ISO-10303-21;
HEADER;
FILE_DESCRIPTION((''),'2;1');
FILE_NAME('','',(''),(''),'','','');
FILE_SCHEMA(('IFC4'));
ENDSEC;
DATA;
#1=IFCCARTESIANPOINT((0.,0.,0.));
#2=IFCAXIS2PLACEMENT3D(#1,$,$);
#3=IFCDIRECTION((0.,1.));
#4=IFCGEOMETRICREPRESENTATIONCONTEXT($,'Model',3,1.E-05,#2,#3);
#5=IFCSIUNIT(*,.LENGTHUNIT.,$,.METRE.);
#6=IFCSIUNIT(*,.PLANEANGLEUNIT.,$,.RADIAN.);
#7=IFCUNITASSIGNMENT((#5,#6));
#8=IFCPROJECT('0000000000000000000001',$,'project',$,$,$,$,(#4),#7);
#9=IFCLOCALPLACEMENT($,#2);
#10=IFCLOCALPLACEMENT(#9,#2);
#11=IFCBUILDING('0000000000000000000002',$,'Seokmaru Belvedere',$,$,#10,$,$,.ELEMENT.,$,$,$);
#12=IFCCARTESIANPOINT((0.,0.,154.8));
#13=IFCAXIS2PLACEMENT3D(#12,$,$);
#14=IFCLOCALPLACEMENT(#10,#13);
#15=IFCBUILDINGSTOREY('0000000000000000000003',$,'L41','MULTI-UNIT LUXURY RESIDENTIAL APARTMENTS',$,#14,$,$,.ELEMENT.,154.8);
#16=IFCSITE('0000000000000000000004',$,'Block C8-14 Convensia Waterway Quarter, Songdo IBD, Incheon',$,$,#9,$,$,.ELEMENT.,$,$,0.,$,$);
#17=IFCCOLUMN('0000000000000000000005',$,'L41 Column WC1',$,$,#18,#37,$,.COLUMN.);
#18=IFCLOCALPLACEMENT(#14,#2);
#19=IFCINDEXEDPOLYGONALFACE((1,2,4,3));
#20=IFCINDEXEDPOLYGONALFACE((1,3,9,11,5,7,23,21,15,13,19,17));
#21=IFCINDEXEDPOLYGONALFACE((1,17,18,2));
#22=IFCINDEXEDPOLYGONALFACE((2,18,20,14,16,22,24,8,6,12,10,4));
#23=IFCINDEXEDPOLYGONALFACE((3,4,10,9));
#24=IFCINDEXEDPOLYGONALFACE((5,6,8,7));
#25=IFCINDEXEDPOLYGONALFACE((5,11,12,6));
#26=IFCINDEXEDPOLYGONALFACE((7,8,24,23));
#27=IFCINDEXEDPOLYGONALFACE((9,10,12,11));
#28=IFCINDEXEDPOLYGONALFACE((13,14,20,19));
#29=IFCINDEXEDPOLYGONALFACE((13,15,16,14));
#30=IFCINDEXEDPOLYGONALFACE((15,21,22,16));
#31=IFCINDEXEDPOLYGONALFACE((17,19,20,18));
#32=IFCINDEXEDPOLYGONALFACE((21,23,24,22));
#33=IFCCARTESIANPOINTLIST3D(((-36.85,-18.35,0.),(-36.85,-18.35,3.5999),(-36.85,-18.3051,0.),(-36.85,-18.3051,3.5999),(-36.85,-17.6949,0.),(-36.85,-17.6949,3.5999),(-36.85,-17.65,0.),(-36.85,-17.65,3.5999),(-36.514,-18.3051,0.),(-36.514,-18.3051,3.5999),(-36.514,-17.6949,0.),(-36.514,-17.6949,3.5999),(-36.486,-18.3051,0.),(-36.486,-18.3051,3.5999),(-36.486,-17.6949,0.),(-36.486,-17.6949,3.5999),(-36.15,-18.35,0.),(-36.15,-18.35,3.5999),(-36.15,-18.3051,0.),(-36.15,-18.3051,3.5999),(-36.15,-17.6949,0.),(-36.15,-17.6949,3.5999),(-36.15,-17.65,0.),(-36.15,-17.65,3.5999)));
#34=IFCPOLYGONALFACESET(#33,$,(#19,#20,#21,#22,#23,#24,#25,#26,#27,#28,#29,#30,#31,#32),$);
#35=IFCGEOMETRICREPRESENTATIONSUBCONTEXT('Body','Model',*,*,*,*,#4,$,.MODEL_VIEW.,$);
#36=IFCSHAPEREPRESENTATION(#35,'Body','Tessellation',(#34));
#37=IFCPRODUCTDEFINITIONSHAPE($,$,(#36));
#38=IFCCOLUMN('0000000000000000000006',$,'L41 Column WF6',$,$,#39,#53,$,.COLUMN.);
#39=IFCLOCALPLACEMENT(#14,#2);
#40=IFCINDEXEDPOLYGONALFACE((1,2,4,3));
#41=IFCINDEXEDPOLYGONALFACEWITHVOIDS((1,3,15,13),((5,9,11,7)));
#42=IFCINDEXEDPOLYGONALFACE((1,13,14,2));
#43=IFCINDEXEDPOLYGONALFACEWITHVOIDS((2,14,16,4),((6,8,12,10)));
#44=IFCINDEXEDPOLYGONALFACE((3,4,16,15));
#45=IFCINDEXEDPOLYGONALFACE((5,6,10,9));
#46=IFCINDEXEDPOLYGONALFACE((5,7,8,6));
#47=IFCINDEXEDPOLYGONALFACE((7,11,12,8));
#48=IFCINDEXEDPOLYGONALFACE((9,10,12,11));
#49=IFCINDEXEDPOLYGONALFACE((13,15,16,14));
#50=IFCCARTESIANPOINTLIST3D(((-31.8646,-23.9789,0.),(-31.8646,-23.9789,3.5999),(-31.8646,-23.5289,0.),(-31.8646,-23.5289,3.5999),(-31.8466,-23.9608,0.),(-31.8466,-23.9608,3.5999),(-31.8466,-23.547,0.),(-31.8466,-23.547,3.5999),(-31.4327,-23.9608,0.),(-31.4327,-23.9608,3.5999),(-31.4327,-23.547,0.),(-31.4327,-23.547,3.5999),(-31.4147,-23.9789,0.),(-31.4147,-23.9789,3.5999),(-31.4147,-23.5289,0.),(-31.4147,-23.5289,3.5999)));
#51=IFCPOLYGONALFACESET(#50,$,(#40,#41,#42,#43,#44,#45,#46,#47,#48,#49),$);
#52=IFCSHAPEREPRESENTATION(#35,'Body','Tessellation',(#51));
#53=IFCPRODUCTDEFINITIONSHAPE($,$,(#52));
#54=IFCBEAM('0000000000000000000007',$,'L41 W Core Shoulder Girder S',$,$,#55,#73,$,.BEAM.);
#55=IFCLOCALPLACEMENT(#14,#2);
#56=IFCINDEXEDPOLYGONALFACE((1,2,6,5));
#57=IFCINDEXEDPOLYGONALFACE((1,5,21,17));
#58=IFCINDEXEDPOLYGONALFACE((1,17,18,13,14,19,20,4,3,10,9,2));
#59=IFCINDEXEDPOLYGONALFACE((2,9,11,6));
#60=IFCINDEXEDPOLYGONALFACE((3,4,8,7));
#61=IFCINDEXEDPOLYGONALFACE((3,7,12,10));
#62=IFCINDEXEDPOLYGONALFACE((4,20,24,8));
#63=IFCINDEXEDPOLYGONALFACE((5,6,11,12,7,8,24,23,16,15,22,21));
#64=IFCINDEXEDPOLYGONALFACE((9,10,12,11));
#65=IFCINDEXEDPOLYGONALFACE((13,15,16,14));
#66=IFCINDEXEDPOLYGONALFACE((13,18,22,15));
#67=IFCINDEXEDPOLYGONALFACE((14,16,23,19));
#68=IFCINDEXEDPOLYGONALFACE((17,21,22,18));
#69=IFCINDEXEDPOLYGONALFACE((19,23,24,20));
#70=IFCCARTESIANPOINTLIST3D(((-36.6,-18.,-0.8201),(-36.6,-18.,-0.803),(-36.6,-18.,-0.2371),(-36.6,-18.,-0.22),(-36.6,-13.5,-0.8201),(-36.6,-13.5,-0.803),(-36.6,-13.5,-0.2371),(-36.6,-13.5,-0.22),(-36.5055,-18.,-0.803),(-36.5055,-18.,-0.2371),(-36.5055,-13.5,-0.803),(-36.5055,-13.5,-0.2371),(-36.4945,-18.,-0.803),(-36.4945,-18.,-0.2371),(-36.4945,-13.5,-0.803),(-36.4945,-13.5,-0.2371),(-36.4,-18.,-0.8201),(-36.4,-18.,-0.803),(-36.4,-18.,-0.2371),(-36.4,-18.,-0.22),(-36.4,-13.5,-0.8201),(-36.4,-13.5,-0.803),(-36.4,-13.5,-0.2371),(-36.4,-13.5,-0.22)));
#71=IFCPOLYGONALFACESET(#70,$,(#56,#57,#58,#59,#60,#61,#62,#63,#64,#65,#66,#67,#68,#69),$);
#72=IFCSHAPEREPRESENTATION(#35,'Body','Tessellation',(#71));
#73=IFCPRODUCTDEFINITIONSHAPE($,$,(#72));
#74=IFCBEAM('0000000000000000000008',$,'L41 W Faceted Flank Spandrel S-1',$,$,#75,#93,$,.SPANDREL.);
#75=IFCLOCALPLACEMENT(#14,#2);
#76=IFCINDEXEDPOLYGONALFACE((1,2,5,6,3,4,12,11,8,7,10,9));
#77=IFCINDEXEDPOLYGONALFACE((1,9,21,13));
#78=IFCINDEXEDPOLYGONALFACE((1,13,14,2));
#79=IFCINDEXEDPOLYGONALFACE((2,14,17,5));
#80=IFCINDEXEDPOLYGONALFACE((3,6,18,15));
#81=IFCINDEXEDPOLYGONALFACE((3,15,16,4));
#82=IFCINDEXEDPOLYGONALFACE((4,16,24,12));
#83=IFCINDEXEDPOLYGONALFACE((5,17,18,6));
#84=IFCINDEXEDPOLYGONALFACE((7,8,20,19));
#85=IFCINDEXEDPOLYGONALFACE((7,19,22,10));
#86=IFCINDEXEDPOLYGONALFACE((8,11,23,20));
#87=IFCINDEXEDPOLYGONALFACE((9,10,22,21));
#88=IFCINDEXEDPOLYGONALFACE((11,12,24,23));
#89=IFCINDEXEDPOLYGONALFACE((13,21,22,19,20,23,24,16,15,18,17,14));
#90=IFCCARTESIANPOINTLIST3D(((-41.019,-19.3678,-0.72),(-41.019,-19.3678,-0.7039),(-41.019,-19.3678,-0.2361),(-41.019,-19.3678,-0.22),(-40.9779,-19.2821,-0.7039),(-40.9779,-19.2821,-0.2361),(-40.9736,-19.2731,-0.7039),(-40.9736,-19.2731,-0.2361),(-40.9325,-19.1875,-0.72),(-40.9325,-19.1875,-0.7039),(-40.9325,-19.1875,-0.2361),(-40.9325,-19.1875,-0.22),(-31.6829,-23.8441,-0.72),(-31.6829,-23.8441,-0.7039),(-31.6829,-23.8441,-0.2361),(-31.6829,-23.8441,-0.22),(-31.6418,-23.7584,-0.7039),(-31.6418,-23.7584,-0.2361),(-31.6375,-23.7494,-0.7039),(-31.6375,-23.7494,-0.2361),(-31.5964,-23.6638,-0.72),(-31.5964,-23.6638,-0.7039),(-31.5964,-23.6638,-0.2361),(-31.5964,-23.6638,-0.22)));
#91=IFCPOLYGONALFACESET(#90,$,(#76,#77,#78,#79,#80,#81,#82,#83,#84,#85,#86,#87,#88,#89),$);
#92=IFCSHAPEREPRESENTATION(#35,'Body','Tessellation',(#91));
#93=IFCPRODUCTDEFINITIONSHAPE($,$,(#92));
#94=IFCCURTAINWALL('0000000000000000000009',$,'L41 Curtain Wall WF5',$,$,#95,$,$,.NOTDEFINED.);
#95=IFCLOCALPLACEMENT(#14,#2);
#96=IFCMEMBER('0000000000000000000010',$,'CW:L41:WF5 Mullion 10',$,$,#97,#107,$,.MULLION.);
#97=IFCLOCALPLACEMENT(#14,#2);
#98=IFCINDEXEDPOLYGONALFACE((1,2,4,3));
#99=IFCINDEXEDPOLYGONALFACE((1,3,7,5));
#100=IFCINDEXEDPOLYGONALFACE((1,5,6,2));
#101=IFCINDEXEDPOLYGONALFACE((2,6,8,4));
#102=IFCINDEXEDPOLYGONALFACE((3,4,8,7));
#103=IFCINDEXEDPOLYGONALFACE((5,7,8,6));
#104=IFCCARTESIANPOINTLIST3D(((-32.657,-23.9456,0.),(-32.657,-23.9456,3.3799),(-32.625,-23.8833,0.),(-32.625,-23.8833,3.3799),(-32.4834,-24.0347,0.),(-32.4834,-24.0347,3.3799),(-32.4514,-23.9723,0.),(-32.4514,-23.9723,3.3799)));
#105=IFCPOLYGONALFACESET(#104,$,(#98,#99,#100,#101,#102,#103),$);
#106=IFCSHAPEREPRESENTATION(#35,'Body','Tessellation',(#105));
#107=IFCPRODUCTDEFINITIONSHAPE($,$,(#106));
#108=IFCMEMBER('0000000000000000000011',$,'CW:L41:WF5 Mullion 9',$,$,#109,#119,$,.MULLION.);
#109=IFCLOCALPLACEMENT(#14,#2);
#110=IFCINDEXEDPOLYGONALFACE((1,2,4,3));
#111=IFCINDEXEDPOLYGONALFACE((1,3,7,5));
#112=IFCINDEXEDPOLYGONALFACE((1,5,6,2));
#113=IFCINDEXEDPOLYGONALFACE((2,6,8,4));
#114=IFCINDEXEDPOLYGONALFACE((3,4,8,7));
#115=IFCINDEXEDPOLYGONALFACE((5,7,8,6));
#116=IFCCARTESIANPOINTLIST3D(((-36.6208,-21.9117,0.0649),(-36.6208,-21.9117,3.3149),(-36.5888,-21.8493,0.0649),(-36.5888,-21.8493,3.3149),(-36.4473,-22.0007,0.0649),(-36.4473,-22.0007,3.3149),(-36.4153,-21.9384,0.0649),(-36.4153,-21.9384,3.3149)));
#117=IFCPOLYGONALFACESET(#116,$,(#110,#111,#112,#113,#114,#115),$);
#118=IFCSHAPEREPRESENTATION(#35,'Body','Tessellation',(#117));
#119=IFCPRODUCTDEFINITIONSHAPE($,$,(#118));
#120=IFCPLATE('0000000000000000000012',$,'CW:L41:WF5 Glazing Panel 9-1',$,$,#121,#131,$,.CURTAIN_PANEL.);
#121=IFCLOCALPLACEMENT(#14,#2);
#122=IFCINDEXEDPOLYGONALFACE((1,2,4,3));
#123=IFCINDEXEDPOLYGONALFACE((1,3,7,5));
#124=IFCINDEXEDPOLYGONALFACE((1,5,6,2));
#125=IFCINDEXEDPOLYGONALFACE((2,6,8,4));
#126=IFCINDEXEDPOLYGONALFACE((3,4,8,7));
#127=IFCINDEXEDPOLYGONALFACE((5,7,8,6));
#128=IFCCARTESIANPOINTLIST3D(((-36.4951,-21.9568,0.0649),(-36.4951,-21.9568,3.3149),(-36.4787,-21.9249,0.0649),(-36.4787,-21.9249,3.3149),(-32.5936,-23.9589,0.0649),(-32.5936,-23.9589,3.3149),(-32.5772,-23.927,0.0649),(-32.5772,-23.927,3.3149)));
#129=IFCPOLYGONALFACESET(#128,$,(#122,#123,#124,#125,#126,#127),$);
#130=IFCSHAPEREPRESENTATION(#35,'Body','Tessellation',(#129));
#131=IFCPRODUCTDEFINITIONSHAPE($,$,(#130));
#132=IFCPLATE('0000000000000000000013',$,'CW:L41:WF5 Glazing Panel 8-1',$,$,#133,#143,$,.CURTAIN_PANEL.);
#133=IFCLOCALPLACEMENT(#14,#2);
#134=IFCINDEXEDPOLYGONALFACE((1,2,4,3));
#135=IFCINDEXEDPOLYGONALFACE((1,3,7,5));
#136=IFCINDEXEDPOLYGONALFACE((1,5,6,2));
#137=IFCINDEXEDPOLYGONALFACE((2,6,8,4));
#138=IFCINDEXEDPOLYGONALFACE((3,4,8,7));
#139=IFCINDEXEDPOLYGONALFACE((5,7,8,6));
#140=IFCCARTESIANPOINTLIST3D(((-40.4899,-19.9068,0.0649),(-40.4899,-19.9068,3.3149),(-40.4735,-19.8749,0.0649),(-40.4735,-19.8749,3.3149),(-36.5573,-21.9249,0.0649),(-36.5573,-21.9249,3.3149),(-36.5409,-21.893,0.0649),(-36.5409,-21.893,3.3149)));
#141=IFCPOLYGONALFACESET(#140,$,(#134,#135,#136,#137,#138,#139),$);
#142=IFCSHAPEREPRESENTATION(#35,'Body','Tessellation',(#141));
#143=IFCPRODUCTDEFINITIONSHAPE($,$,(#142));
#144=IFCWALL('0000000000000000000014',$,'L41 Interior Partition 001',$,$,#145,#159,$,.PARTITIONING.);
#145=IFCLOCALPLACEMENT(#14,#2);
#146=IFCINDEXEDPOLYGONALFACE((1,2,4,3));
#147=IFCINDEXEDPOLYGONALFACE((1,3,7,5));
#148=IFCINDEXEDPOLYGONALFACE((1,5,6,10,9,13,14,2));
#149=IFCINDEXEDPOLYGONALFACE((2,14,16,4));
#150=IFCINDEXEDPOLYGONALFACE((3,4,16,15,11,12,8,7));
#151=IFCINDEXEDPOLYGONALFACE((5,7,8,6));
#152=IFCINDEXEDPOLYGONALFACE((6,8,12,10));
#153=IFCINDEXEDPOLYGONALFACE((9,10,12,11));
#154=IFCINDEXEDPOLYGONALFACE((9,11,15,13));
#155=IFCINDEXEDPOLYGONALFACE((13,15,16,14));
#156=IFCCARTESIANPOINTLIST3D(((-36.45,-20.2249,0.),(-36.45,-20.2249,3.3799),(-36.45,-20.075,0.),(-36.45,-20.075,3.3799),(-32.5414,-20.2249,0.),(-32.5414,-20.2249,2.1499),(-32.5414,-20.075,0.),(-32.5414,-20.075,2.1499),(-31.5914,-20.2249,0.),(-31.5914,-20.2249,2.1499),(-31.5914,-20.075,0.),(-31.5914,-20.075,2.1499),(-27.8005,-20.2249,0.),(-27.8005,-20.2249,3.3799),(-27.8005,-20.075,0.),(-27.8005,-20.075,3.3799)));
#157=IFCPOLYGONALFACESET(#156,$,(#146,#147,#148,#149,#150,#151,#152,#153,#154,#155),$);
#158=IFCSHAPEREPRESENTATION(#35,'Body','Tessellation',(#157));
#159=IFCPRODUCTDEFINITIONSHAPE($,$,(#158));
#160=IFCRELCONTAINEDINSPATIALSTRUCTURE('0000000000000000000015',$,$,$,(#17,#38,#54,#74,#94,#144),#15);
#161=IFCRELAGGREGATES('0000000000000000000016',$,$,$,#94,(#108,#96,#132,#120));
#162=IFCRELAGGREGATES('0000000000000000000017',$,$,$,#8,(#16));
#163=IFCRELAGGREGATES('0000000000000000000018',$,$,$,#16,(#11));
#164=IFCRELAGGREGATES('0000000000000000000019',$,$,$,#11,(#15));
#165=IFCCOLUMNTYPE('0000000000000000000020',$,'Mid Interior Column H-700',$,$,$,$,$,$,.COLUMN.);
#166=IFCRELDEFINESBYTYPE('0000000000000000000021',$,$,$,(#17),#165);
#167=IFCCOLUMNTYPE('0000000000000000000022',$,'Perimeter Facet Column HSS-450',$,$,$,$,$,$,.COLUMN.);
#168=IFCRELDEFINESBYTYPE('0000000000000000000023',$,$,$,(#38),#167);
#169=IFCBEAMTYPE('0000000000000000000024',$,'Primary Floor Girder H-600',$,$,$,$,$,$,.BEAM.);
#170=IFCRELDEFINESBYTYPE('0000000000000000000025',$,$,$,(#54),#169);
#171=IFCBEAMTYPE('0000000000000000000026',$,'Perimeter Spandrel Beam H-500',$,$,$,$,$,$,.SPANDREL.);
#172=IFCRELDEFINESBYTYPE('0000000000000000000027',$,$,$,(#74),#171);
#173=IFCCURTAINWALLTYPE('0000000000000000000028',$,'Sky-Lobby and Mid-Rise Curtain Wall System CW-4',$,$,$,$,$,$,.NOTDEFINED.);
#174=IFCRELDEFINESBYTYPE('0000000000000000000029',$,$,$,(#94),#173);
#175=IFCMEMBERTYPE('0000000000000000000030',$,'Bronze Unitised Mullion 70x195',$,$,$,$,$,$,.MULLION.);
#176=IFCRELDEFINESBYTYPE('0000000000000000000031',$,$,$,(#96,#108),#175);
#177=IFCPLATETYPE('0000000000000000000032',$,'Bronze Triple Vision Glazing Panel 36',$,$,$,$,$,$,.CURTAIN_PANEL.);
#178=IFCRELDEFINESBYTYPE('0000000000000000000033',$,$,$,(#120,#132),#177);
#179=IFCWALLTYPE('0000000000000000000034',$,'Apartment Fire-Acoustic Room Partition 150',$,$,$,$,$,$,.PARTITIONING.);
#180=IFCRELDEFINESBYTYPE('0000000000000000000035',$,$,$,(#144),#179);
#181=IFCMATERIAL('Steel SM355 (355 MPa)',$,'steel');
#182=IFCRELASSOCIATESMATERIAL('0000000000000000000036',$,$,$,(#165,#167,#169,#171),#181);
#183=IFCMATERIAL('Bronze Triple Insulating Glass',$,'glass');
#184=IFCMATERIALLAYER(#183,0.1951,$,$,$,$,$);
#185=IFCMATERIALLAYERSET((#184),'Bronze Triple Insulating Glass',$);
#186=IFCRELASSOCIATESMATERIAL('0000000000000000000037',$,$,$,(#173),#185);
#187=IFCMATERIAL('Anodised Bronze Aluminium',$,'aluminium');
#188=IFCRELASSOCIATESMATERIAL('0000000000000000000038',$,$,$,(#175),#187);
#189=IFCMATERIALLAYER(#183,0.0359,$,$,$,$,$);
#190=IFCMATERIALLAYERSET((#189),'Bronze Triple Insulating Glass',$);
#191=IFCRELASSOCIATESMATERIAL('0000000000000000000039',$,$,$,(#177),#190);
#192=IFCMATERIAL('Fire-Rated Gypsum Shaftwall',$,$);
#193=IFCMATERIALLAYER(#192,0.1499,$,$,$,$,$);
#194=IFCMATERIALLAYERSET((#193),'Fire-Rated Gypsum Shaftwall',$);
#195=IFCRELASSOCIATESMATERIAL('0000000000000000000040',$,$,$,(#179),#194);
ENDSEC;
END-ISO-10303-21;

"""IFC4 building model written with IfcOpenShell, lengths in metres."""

from ifc_helpers import new_model, si_unit, direction, frame, frame_2d, origin, origin_2d, place, context, subcontext, project, spatial, rectangle, hollow_rectangle, i_section, extrude, source, transform, mapped, material, layer, layer_set, material_profile, profile_set, type_object, type_shapes, element, aggregate, save


model = new_model("IFC4")

# Units and contexts
model_context = context("Model", 3, precision=1e-05, world=origin(), true_north=direction((0.0, 1.0)))
body_context = subcontext(model_context, "Body", "Model", "MODEL_VIEW")
ifc_project = project(units=[si_unit("LENGTHUNIT", "METRE"), si_unit("PLANEANGLEUNIT", "RADIAN")], contexts=[model_context])

# Site, building, storey
site_placement = place(None, origin())
site = spatial("IfcSite", under=ifc_project, at=site_placement, Name="Block C8-14 Convensia Waterway Quarter, Songdo IBD, Incheon", CompositionType="ELEMENT", RefElevation=0.0)
building_placement = place(site_placement, origin())
building = spatial("IfcBuilding", under=site, at=building_placement, Name="Seokmaru Belvedere", CompositionType="ELEMENT")
storey_placement = place(building_placement, frame((0.0, 0.0, 154.8)))
storey = spatial("IfcBuildingStorey", under=building, at=storey_placement, Name="L41", Description="MULTI-UNIT LUXURY RESIDENTIAL APARTMENTS", CompositionType="ELEMENT", Elevation=154.8)

# Columns
ifc_material_1 = material(Name="Steel SM355 (355 MPa)", Category="steel")
ifc_material_profile_1 = material_profile(ifc_material_1, i_section(OverallWidth=0.7, OverallDepth=0.7, WebThickness=0.0281, FlangeThickness=0.0449, at=origin_2d()), Name="H-700x700x28x45")
ifc_profile_set_1 = profile_set([ifc_material_profile_1], Name="Steel SM355 (355 MPa)")
column_type_1 = type_object("IfcColumnType", Name="Mid Interior Column H-700", PredefinedType="COLUMN", material=ifc_profile_set_1)
shared_shape_1 = source(origin(), body_context, "Body", "SweptSolid", [
    extrude(i_section(OverallWidth=0.7, OverallDepth=0.7, WebThickness=0.0281, FlangeThickness=0.0449, at=origin_2d()), origin(), (0.0, 0.0, 1.0), 3.5999),
])
type_shapes(column_type_1, [shared_shape_1])
column_1_placement = place(storey_placement, frame((-36.5, -18.0, 0.0), z_axis=(0.0, 0.0, 1.0), x_axis=(1.0, 0.0, 0.0)))
element("IfcColumn", 1, at=column_1_placement, inside=storey, type_object=column_type_1, Name="L41 Column WC1", PredefinedType="COLUMN", context=body_context, shape_type="MappedRepresentation", body=[
    mapped(shared_shape_1, transform((0.0, 0.0, 0.0), scale=1.0)),
])
ifc_material_profile_2 = material_profile(ifc_material_1, hollow_rectangle(XDim=0.45, YDim=0.45, WallThickness=0.0181, at=origin_2d()), Name="HSS-450x450x18")
ifc_profile_set_2 = profile_set([ifc_material_profile_2], Name="Steel SM355 (355 MPa)")
column_type_2 = type_object("IfcColumnType", Name="Perimeter Facet Column HSS-450", PredefinedType="COLUMN", material=ifc_profile_set_2)
shared_shape_2 = source(origin(), body_context, "Body", "SweptSolid", [
    extrude(hollow_rectangle(XDim=0.45, YDim=0.45, WallThickness=0.0181, at=origin_2d()), origin(), (0.0, 0.0, 1.0), 3.5999),
])
type_shapes(column_type_2, [shared_shape_2])
column_2_placement = place(storey_placement, frame((-31.6396, -23.7539, 0.0), z_axis=(0.0, 0.0, 1.0), x_axis=(1.0, 0.0, 0.0)))
element("IfcColumn", 2, at=column_2_placement, inside=storey, type_object=column_type_2, Name="L41 Column WF6", PredefinedType="COLUMN", context=body_context, shape_type="MappedRepresentation", body=[
    mapped(shared_shape_2, transform((0.0, 0.0, 0.0), scale=1.0)),
])

# Beams
ifc_material_profile_3 = material_profile(ifc_material_1, i_section(OverallWidth=0.2, OverallDepth=0.6001, WebThickness=0.011, FlangeThickness=0.0171, at=origin_2d()), Name="H-600x200x11x17")
ifc_profile_set_3 = profile_set([ifc_material_profile_3], Name="Steel SM355 (355 MPa)")
beam_type_1 = type_object("IfcBeamType", Name="Primary Floor Girder H-600", PredefinedType="BEAM", material=ifc_profile_set_3)
shared_shape_3 = source(origin(), body_context, "Body", "SweptSolid", [
    extrude(i_section(OverallWidth=0.2, OverallDepth=0.6001, WebThickness=0.011, FlangeThickness=0.0171, at=origin_2d()), origin(), (0.0, 0.0, 1.0), 4.5),
])
type_shapes(beam_type_1, [shared_shape_3])
beam_1_placement = place(storey_placement, frame((-36.5, -18.0, -0.52), z_axis=(0.0, 1.0, 0.0), x_axis=(-1.0, 0.0, 0.0)))
element("IfcBeam", 3, at=beam_1_placement, inside=storey, type_object=beam_type_1, Name="L41 W Core Shoulder Girder S", PredefinedType="BEAM", context=body_context, shape_type="MappedRepresentation", body=[
    mapped(shared_shape_3, transform((0.0, 0.0, 0.0), scale=1.0)),
])
ifc_material_profile_4 = material_profile(ifc_material_1, i_section(OverallWidth=0.2, OverallDepth=0.5, WebThickness=0.01, FlangeThickness=0.0161, at=origin_2d()), Name="H-500x200x10x16")
ifc_profile_set_4 = profile_set([ifc_material_profile_4], Name="Steel SM355 (355 MPa)")
beam_type_2 = type_object("IfcBeamType", Name="Perimeter Spandrel Beam H-500", PredefinedType="SPANDREL", material=ifc_profile_set_4)
shared_shape_4 = source(origin(), body_context, "Body", "SweptSolid", [
    extrude(i_section(OverallWidth=0.2, OverallDepth=0.5, WebThickness=0.01, FlangeThickness=0.0161, at=origin_2d()), origin(), (0.0, 0.0, 1.0), 10.3538),
])
type_shapes(beam_type_2, [shared_shape_4])
beam_2_placement = place(storey_placement, frame((-31.6396, -23.7539, -0.47), z_axis=(-0.901713, 0.432335, 0.0), x_axis=(-0.432335, -0.901713, 0.0)))
element("IfcBeam", 4, at=beam_2_placement, inside=storey, type_object=beam_type_2, Name="L41 W Faceted Flank Spandrel S-1", PredefinedType="SPANDREL", context=body_context, shape_type="MappedRepresentation", body=[
    mapped(shared_shape_4, transform((0.0, 0.0, 0.0), scale=1.0)),
])

# Curtain wall, members, plates
ifc_material_2 = material(Name="Bronze Triple Insulating Glass", Category="glass")
ifc_layer_1 = layer(ifc_material_2, 0.1951)
ifc_layer_set_1 = layer_set([ifc_layer_1], Name="Bronze Triple Insulating Glass")
curtain_wall_type = type_object("IfcCurtainWallType", Name="Sky-Lobby and Mid-Rise Curtain Wall System CW-4", PredefinedType="NOTDEFINED", material=ifc_layer_set_1)
curtain_wall_placement = place(storey_placement, origin())
curtain_wall = element("IfcCurtainWall", 5, at=curtain_wall_placement, inside=storey, type_object=curtain_wall_type, Name="L41 Curtain Wall WF5", PredefinedType="NOTDEFINED")
ifc_material_3 = material(Name="Anodised Bronze Aluminium", Category="aluminium")
ifc_material_profile_5 = material_profile(ifc_material_3, rectangle(XDim=0.0701, YDim=0.1951, at=origin_2d()), Name="CW-M-70x195")
ifc_profile_set_5 = profile_set([ifc_material_profile_5], Name="Anodised Bronze Aluminium")
member_type = type_object("IfcMemberType", Name="Bronze Unitised Mullion 70x195", PredefinedType="MULLION", material=ifc_profile_set_5)
shared_shape_5 = source(origin(), body_context, "Body", "SweptSolid", [
    extrude(rectangle(XDim=0.0701, YDim=0.1951, at=origin_2d()), origin(), (0.0, 0.0, 1.0), 3.3799),
])
member_1_placement = place(storey_placement, frame((-32.5542, -23.959, 0.0), z_axis=(0.0, 0.0, 1.0), x_axis=(0.456555, 0.889695, 0.0)))
member_1 = element("IfcMember", 6, at=member_1_placement, type_object=member_type, Name="CW:L41:WF5 Mullion 10", PredefinedType="MULLION", context=body_context, shape_type="MappedRepresentation", body=[
    mapped(shared_shape_5, transform((0.0, 0.0, 0.0), scale=1.0)),
])
shared_shape_6 = source(origin(), body_context, "Body", "SweptSolid", [
    extrude(rectangle(XDim=0.0701, YDim=0.1951, at=origin_2d()), origin(), (0.0, 0.0, 1.0), 3.25),
])
type_shapes(member_type, [shared_shape_5, shared_shape_6])
member_2_placement = place(storey_placement, frame((-36.5181, -21.925, 0.0649), z_axis=(0.0, 0.0, 1.0), x_axis=(0.456555, 0.889695, 0.0)))
member_2 = element("IfcMember", 7, at=member_2_placement, type_object=member_type, Name="CW:L41:WF5 Mullion 9", PredefinedType="MULLION", context=body_context, shape_type="MappedRepresentation", body=[
    mapped(shared_shape_6, transform((0.0, 0.0, 0.0), scale=1.0)),
])
ifc_layer_2 = layer(ifc_material_2, 0.0359)
ifc_layer_set_2 = layer_set([ifc_layer_2], Name="Bronze Triple Insulating Glass")
plate_type = type_object("IfcPlateType", Name="Bronze Triple Vision Glazing Panel 36", PredefinedType="CURTAIN_PANEL", material=ifc_layer_set_2)
shared_shape_7 = source(origin(), body_context, "Body", "SweptSolid", [
    extrude(rectangle(XDim=4.3853, YDim=0.0359, at=origin_2d()), origin(), (0.0, 0.0, 1.0), 3.25),
])
plate_1_placement = place(storey_placement, frame((-34.5361, -22.9419, 0.0649), z_axis=(0.0, 0.0, 1.0), x_axis=(0.889695, -0.456555, 0.0)))
plate_1 = element("IfcPlate", 8, at=plate_1_placement, type_object=plate_type, Name="CW:L41:WF5 Glazing Panel 9-1", PredefinedType="CURTAIN_PANEL", context=body_context, shape_type="MappedRepresentation", body=[
    mapped(shared_shape_7, transform((0.0, 0.0, 0.0), scale=1.0)),
])
shared_shape_8 = source(origin(), body_context, "Body", "SweptSolid", [
    extrude(rectangle(XDim=4.4202, YDim=0.0359, at=origin_2d()), origin(), (0.0, 0.0, 1.0), 3.25),
])
type_shapes(plate_type, [shared_shape_7, shared_shape_8])
plate_2_placement = place(storey_placement, frame((-38.5154, -20.8999, 0.0649), z_axis=(0.0, 0.0, 1.0), x_axis=(0.889695, -0.456555, 0.0)))
plate_2 = element("IfcPlate", 9, at=plate_2_placement, type_object=plate_type, Name="CW:L41:WF5 Glazing Panel 8-1", PredefinedType="CURTAIN_PANEL", context=body_context, shape_type="MappedRepresentation", body=[
    mapped(shared_shape_8, transform((0.0, 0.0, 0.0), scale=1.0)),
])
aggregate(curtain_wall, [member_2, member_1, plate_2, plate_1])

# Wall, opening
ifc_material_4 = material(Name="Fire-Rated Gypsum Shaftwall")
ifc_layer_3 = layer(ifc_material_4, 0.1499)
ifc_layer_set_3 = layer_set([ifc_layer_3], Name="Fire-Rated Gypsum Shaftwall")
wall_type_1 = type_object("IfcWallType", Name="Apartment Fire-Acoustic Room Partition 150", PredefinedType="PARTITIONING", material=ifc_layer_set_3)
wall_1_placement = place(storey_placement, frame((-36.45, -20.1499, 0.0), z_axis=(0.0, 0.0, 1.0), x_axis=(1.0, 0.0, 0.0)))
wall_1 = element("IfcWall", 10, at=wall_1_placement, inside=storey, type_object=wall_type_1, Name="L41 Interior Partition 001", PredefinedType="PARTITIONING", context=body_context, shape_type="SweptSolid", body=[
    extrude(rectangle(XDim=8.6494, YDim=0.1499, at=frame_2d((4.3247, 0.0))), origin(), (0.0, 0.0, 1.0), 3.3799),
])
opening_1_placement = place(wall_1_placement, frame((3.9084, 0.0, 0.0)))
element("IfcOpeningElement", 11, at=opening_1_placement, cuts=wall_1, PredefinedType="OPENING", context=body_context, shape_type="SweptSolid", body=[
    extrude(rectangle(XDim=0.95, YDim=2.1499, at=frame_2d((0.4751, 1.075))), frame((0.0, 0.085, 0.0), z_axis=(0.0, -1.0, 0.0), x_axis=(1.0, 0.0, 0.0)), (0.0, 0.0, 1.0), 0.1699),
])

save(model, "model.ifc")
